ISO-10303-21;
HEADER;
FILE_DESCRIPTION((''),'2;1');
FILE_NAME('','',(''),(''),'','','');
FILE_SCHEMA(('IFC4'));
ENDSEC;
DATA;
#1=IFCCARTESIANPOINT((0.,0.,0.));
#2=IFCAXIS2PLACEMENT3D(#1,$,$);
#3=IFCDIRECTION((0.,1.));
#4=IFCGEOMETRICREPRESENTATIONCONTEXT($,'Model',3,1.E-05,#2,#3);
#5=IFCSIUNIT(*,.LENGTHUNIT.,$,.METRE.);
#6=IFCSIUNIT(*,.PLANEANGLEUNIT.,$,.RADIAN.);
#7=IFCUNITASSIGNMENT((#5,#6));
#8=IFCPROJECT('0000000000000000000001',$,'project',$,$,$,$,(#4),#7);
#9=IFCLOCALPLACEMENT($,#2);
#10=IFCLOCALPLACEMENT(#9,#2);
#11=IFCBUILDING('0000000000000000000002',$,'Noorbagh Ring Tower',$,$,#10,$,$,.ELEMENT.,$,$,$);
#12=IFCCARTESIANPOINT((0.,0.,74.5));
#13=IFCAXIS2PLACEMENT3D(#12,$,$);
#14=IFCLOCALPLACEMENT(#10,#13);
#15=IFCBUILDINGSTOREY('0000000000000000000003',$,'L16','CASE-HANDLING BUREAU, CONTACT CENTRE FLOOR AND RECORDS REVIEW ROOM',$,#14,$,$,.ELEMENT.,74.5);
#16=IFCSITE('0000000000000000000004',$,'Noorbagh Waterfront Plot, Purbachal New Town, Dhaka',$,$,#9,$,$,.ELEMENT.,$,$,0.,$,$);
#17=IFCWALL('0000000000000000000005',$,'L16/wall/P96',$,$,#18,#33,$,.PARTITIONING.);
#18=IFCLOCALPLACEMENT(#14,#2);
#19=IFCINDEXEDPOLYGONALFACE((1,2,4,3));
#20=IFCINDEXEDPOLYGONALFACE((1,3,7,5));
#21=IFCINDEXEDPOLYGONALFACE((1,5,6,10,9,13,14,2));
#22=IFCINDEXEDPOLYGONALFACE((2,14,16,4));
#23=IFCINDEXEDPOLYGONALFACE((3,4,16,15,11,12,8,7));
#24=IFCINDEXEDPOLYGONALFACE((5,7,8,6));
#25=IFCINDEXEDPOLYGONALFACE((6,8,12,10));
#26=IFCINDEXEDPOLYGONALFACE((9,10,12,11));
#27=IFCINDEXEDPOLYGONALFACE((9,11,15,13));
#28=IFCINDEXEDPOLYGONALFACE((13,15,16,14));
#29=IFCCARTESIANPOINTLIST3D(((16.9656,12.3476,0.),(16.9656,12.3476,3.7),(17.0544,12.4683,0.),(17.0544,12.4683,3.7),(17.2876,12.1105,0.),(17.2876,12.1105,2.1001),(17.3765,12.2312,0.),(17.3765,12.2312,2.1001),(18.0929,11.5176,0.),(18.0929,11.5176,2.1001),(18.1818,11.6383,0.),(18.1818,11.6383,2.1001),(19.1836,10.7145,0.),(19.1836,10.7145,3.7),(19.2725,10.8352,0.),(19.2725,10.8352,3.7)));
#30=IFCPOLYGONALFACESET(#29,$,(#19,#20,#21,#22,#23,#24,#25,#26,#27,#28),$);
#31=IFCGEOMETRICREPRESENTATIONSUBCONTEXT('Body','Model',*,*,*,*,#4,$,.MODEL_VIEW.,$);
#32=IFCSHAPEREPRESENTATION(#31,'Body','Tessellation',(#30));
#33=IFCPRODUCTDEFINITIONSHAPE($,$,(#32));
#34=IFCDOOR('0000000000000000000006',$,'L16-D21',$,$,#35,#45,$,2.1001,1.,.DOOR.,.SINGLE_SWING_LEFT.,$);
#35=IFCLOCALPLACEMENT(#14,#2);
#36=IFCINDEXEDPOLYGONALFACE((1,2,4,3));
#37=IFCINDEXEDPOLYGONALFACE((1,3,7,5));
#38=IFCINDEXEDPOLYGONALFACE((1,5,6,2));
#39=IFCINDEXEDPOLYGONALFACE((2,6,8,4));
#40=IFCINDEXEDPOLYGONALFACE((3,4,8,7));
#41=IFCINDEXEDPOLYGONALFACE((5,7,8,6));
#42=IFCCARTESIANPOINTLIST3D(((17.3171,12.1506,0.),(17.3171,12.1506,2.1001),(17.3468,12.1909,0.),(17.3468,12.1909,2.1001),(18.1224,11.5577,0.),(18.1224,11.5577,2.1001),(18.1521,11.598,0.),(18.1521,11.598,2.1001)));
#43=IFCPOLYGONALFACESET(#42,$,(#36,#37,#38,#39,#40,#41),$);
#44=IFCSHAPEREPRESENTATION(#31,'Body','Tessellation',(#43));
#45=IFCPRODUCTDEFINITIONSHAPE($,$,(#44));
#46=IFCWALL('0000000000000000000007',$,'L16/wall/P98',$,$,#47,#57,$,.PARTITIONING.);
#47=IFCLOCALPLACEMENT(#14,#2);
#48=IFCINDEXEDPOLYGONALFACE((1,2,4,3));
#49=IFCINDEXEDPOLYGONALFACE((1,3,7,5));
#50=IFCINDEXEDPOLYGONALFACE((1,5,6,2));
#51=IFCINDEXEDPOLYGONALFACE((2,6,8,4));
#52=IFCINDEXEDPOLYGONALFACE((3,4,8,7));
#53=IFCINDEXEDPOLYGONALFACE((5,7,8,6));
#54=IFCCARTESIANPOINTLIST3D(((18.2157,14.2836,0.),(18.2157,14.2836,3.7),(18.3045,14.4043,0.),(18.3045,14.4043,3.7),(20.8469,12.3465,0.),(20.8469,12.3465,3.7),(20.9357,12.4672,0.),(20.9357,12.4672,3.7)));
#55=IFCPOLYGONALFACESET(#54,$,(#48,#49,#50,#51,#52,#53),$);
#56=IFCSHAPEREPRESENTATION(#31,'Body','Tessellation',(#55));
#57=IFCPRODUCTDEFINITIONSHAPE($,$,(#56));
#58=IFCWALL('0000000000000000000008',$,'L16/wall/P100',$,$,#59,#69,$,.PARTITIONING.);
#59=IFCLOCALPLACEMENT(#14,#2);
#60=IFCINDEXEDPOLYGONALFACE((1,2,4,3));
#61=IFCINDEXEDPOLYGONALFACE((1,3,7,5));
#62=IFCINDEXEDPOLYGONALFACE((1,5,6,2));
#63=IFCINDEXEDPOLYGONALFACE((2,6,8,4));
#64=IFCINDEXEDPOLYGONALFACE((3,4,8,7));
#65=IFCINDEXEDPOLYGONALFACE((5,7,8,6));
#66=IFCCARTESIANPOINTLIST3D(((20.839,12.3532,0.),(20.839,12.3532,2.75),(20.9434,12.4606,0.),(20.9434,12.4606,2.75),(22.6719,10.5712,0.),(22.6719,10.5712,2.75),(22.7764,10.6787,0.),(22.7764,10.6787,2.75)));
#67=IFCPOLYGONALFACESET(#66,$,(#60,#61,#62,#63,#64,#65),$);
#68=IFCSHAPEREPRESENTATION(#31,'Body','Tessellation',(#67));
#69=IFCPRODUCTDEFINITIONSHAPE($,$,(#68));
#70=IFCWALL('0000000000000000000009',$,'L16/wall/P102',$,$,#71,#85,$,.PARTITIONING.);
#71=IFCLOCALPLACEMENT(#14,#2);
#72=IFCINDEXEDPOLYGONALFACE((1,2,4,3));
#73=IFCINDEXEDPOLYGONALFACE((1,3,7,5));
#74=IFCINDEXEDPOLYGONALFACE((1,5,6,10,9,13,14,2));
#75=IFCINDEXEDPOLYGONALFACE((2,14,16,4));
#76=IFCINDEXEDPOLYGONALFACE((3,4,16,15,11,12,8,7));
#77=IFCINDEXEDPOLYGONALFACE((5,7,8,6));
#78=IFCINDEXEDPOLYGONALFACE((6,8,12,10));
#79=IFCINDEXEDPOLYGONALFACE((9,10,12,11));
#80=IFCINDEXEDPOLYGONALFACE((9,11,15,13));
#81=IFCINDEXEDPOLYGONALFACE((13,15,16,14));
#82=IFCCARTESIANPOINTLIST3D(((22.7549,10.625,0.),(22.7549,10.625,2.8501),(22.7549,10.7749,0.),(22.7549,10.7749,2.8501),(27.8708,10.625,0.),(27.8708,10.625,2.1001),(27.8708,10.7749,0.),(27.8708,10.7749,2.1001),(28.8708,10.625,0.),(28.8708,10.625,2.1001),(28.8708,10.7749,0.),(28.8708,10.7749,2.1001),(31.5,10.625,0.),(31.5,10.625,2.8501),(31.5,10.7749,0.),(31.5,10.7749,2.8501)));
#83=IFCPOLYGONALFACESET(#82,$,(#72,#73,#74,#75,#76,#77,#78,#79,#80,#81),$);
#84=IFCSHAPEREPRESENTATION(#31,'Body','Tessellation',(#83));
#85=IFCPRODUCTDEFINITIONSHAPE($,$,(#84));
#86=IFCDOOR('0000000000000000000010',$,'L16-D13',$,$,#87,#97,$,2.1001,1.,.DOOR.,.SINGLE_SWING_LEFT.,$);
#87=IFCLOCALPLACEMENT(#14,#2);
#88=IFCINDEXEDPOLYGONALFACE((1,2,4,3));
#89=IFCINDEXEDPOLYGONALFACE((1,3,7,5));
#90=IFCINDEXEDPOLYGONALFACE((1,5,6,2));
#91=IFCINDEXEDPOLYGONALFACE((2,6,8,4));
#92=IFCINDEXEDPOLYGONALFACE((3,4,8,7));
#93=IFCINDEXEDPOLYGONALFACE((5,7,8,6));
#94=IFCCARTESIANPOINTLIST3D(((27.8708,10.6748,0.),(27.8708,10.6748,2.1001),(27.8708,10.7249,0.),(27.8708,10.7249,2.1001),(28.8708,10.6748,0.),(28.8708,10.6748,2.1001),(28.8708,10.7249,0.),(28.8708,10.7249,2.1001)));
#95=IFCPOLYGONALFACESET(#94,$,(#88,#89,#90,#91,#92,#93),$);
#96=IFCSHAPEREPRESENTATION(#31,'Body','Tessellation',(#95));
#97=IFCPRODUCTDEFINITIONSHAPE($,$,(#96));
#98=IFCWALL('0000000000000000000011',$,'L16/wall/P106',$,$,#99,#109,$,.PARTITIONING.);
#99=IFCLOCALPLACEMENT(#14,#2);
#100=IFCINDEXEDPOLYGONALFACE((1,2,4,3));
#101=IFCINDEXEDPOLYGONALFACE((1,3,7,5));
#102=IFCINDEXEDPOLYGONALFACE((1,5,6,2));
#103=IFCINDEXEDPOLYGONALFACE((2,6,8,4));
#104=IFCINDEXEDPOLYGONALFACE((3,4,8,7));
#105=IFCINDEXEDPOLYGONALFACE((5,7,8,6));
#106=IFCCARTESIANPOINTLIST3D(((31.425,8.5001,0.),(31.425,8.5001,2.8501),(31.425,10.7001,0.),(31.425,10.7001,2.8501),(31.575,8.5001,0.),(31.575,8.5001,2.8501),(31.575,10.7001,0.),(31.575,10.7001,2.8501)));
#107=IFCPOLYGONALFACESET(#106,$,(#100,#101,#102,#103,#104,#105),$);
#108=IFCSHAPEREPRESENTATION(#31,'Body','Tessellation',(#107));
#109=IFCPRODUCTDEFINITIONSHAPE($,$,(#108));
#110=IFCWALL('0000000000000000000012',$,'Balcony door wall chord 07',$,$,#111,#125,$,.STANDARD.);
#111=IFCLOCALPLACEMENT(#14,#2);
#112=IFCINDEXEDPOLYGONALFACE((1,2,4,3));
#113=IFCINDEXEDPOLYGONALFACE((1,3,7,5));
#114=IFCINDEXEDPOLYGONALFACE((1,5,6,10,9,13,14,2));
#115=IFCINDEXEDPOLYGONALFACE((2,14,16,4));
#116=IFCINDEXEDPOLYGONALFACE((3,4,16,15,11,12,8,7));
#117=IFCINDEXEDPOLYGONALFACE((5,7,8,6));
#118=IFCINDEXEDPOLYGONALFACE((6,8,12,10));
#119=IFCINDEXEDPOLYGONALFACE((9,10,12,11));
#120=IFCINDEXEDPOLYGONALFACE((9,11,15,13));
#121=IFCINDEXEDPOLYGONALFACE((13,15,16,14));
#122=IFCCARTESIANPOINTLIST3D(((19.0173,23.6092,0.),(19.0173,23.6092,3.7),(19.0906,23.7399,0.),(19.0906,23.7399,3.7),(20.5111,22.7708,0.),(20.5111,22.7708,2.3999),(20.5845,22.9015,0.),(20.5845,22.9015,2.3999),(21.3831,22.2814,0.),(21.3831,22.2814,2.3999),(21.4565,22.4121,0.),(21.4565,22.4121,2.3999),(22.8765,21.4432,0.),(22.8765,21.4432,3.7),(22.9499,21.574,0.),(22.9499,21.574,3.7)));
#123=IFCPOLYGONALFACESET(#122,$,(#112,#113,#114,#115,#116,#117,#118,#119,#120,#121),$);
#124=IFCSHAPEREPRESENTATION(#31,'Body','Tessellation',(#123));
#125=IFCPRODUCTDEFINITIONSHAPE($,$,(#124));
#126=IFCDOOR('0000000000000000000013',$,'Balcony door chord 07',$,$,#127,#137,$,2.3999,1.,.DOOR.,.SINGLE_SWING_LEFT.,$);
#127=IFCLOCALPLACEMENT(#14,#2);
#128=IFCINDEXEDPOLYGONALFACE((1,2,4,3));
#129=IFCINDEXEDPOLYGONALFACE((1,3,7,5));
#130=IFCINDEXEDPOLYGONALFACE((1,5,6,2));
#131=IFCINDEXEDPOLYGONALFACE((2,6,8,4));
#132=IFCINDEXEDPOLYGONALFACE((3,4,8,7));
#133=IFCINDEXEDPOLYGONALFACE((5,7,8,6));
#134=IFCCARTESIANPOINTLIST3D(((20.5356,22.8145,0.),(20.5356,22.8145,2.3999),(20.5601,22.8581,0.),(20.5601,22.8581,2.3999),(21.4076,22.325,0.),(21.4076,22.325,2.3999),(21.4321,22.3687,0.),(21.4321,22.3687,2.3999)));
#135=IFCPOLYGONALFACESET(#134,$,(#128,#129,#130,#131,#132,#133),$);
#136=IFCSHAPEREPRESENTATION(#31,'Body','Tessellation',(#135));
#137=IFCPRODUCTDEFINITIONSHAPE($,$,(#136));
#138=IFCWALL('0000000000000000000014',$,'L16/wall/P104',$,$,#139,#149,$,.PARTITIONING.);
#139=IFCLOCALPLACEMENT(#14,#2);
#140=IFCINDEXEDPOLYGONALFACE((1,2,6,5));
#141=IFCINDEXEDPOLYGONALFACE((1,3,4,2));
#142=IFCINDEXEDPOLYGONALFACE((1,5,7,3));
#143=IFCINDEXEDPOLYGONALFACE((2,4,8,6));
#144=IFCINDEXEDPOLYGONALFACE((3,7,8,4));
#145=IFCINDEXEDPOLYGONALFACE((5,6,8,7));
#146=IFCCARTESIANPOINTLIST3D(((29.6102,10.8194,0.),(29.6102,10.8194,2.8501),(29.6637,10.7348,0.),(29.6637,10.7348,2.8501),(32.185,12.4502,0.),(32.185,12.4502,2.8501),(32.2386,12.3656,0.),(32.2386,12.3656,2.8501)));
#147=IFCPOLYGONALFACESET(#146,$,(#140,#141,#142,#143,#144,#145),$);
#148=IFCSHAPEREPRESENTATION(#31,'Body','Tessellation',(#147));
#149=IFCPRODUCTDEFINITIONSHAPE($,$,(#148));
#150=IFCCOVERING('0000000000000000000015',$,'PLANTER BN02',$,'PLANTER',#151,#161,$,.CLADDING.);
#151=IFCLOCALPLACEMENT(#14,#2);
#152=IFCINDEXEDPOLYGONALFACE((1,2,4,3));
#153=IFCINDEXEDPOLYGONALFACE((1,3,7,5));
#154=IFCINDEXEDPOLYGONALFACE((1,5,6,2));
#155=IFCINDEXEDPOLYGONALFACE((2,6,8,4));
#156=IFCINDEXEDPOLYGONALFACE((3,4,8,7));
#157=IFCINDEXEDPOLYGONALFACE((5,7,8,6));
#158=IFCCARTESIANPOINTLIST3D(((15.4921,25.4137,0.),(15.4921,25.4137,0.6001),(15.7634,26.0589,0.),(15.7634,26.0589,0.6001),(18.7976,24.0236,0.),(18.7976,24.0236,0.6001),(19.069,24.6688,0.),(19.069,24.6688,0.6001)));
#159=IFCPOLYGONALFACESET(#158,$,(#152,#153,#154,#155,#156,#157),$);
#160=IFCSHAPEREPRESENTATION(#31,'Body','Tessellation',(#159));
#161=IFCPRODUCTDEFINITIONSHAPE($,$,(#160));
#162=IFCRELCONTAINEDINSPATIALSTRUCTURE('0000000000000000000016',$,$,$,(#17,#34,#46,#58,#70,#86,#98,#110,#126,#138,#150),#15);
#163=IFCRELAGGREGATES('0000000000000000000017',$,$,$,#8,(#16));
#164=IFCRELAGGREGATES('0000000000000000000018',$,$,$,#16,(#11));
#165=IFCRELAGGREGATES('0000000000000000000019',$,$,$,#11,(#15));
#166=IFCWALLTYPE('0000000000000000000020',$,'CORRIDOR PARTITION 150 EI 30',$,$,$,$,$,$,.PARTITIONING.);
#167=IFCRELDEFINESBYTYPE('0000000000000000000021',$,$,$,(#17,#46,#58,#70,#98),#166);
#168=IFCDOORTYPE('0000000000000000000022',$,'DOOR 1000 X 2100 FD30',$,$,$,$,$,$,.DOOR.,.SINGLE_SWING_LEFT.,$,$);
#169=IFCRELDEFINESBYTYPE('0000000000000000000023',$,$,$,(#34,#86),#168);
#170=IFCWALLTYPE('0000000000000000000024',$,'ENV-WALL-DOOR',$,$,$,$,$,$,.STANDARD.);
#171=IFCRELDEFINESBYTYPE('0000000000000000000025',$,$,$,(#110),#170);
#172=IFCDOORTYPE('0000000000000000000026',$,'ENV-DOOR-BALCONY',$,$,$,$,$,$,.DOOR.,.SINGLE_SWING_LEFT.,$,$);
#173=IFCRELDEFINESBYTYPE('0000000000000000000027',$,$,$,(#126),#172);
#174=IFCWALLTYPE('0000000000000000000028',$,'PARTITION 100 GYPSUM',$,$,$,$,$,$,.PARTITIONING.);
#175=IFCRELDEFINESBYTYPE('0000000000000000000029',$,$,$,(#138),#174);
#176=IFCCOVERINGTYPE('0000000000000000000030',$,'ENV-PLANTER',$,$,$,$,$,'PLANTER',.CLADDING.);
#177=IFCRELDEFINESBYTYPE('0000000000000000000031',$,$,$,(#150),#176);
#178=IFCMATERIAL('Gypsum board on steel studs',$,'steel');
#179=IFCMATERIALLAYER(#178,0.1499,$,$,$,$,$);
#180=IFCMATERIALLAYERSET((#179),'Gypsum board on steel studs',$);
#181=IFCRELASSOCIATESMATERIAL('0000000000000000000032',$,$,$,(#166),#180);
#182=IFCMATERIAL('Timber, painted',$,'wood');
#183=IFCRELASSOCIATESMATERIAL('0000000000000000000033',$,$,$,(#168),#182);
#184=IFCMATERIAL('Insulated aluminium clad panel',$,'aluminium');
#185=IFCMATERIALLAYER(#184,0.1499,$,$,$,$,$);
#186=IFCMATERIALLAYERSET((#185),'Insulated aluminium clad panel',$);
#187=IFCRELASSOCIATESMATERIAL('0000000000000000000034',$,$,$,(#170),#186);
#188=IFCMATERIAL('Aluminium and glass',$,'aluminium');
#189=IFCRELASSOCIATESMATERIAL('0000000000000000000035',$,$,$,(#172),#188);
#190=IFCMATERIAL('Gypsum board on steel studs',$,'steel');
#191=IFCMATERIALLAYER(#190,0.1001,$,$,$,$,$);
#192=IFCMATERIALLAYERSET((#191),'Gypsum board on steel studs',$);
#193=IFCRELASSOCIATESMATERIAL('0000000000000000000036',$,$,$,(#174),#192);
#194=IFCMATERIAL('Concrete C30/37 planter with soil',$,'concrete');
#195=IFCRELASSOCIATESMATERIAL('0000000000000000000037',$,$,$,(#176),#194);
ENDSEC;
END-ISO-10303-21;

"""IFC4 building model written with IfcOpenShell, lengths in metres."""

from ifc_helpers import new_model, si_unit, direction, frame, frame_2d, origin, origin_2d, place, context, subcontext, project, spatial, rectangle, extrude, material, layer, layer_set, type_object, element, fill, save


model = new_model("IFC4")

# Units and contexts
model_context = context("Model", 3, precision=1e-05, world=origin(), true_north=direction((0.0, 1.0)))
body_context = subcontext(model_context, "Body", "Model", "MODEL_VIEW")
ifc_project = project(units=[si_unit("LENGTHUNIT", "METRE"), si_unit("PLANEANGLEUNIT", "RADIAN")], contexts=[model_context])

# Site, building, storey
site_placement = place(None, origin())
site = spatial("IfcSite", under=ifc_project, at=site_placement, Name="Noorbagh Waterfront Plot, Purbachal New Town, Dhaka", CompositionType="ELEMENT", RefElevation=0.0)
building_placement = place(site_placement, origin())
building = spatial("IfcBuilding", under=site, at=building_placement, Name="Noorbagh Ring Tower", CompositionType="ELEMENT")
storey_placement = place(building_placement, frame((0.0, 0.0, 74.5)))
storey = spatial("IfcBuildingStorey", under=building, at=storey_placement, Name="L16", Description="CASE-HANDLING BUREAU, CONTACT CENTRE FLOOR AND RECORDS REVIEW ROOM", CompositionType="ELEMENT", Elevation=74.5)

# Wall, opening, door
ifc_material_1 = material(Name="Gypsum board on steel studs", Category="steel")
ifc_layer_1 = layer(ifc_material_1, 0.1499)
ifc_layer_set_1 = layer_set([ifc_layer_1], Name="Gypsum board on steel studs")
wall_type_1 = type_object("IfcWallType", Name="CORRIDOR PARTITION 150 EI 30", PredefinedType="PARTITIONING", material=ifc_layer_set_1)
wall_1_placement = place(storey_placement, frame((17.01, 12.408, 0.0), z_axis=(0.0, 0.0, 1.0), x_axis=(0.805276, -0.5929, 0.0)))
wall_1 = element("IfcWall", 1, at=wall_1_placement, inside=storey, type_object=wall_type_1, Name="L16/wall/P96", PredefinedType="PARTITIONING", context=body_context, shape_type="SweptSolid", body=[
    extrude(rectangle(XDim=2.7544, YDim=0.1499, at=frame_2d((1.3772, 0.0))), origin(), (0.0, 0.0, 1.0), 3.7),
])
opening_1_placement = place(wall_1_placement, frame((0.3999, 0.0, 0.0)))
opening_1 = element("IfcOpeningElement", 2, at=opening_1_placement, cuts=wall_1, PredefinedType="OPENING", context=body_context, shape_type="SweptSolid", body=[
    extrude(rectangle(XDim=1.0, YDim=2.1001, at=frame_2d((0.5, 1.05))), frame((0.0, 0.085, 0.0), z_axis=(0.0, -1.0, 0.0), x_axis=(1.0, 0.0, 0.0)), (0.0, 0.0, 1.0), 0.1699),
])
ifc_material_2 = material(Name="Timber, painted", Category="wood")
door_type_1 = type_object("IfcDoorType", Name="DOOR 1000 X 2100 FD30", OperationType="SINGLE_SWING_LEFT", PredefinedType="DOOR", material=ifc_material_2)
door_1_placement = place(opening_1_placement, origin())
door_1 = element("IfcDoor", 3, at=door_1_placement, inside=storey, type_object=door_type_1, Name="L16-D21", OperationType="SINGLE_SWING_LEFT", OverallHeight=2.1001, OverallWidth=1.0, PredefinedType="DOOR", context=body_context, shape_type="SweptSolid", body=[
    extrude(rectangle(XDim=1.0, YDim=2.1001, at=frame_2d((0.5, 1.05))), frame((0.0, 0.0249, 0.0), z_axis=(0.0, -1.0, 0.0), x_axis=(1.0, 0.0, 0.0)), (0.0, 0.0, 1.0), 0.05),
])
fill(opening_1, door_1)

# Walls
wall_2_placement = place(storey_placement, frame((18.26, 14.344, 0.0), z_axis=(0.0, 0.0, 1.0), x_axis=(0.805304, -0.592863, 0.0)))
element("IfcWall", 4, at=wall_2_placement, inside=storey, type_object=wall_type_1, Name="L16/wall/P98", PredefinedType="PARTITIONING", context=body_context, shape_type="SweptSolid", body=[
    extrude(rectangle(XDim=3.2673, YDim=0.1499, at=frame_2d((1.6338, 0.0))), origin(), (0.0, 0.0, 1.0), 3.7),
])
wall_3_placement = place(storey_placement, frame((20.8911, 12.407, 0.0), z_axis=(0.0, 0.0, 1.0), x_axis=(0.717016, -0.697057, 0.0)))
element("IfcWall", 5, at=wall_3_placement, inside=storey, type_object=wall_type_1, Name="L16/wall/P100", PredefinedType="PARTITIONING", context=body_context, shape_type="SweptSolid", body=[
    extrude(rectangle(XDim=2.5564, YDim=0.1499, at=frame_2d((1.2783, 0.0))), origin(), (0.0, 0.0, 1.0), 2.75),
])

# Wall, opening, door
wall_4_placement = place(storey_placement, frame((22.7549, 10.7, 0.0), z_axis=(0.0, 0.0, 1.0), x_axis=(1.0, 0.0, 0.0)))
wall_4 = element("IfcWall", 6, at=wall_4_placement, inside=storey, type_object=wall_type_1, Name="L16/wall/P102", PredefinedType="PARTITIONING", context=body_context, shape_type="SweptSolid", body=[
    extrude(rectangle(XDim=8.7451, YDim=0.1499, at=frame_2d((4.3726, 0.0))), origin(), (0.0, 0.0, 1.0), 2.8501),
])
opening_2_placement = place(wall_4_placement, frame((5.116, 0.0, 0.0)))
opening_2 = element("IfcOpeningElement", 7, at=opening_2_placement, cuts=wall_4, PredefinedType="OPENING", context=body_context, shape_type="SweptSolid", body=[
    extrude(rectangle(XDim=1.0, YDim=2.1001, at=frame_2d((0.5, 1.05))), frame((0.0, 0.085, 0.0), z_axis=(0.0, -1.0, 0.0), x_axis=(1.0, 0.0, 0.0)), (0.0, 0.0, 1.0), 0.1699),
])
door_2_placement = place(opening_2_placement, origin())
door_2 = element("IfcDoor", 8, at=door_2_placement, inside=storey, type_object=door_type_1, Name="L16-D13", OperationType="SINGLE_SWING_LEFT", OverallHeight=2.1001, OverallWidth=1.0, PredefinedType="DOOR", context=body_context, shape_type="SweptSolid", body=[
    extrude(rectangle(XDim=1.0, YDim=2.1001, at=frame_2d((0.5, 1.05))), frame((0.0, 0.0249, 0.0), z_axis=(0.0, -1.0, 0.0), x_axis=(1.0, 0.0, 0.0)), (0.0, 0.0, 1.0), 0.05),
])
fill(opening_2, door_2)

# Wall
wall_5_placement = place(storey_placement, frame((31.5, 8.5, 0.0), z_axis=(0.0, 0.0, 1.0), x_axis=(0.0, 1.0, 0.0)))
element("IfcWall", 9, at=wall_5_placement, inside=storey, type_object=wall_type_1, Name="L16/wall/P106", PredefinedType="PARTITIONING", context=body_context, shape_type="SweptSolid", body=[
    extrude(rectangle(XDim=2.2, YDim=0.1499, at=frame_2d((1.1001, 0.0))), origin(), (0.0, 0.0, 1.0), 2.8501),
])

# Wall, opening, door
ifc_material_3 = material(Name="Insulated aluminium clad panel", Category="aluminium")
ifc_layer_2 = layer(ifc_material_3, 0.1499)
ifc_layer_set_2 = layer_set([ifc_layer_2], Name="Insulated aluminium clad panel")
wall_type_2 = type_object("IfcWallType", Name="ENV-WALL-DOOR", PredefinedType="STANDARD", material=ifc_layer_set_2)
wall_6_placement = place(storey_placement, frame((22.9133, 21.5085, 0.0), z_axis=(0.0, 0.0, 1.0), x_axis=(-0.872047, 0.489423, 0.0)))
wall_6 = element("IfcWall", 10, at=wall_6_placement, inside=storey, type_object=wall_type_2, Name="Balcony door wall chord 07", PredefinedType="STANDARD", context=body_context, shape_type="SweptSolid", body=[
    extrude(rectangle(XDim=4.4255, YDim=0.1499, at=frame_2d((2.2129, 0.0))), origin(), (0.0, 0.0, 1.0), 3.7),
])
opening_3_placement = place(wall_6_placement, frame((1.7126, 0.0, 0.0)))
opening_3 = element("IfcOpeningElement", 11, at=opening_3_placement, cuts=wall_6, PredefinedType="OPENING", context=body_context, shape_type="SweptSolid", body=[
    extrude(rectangle(XDim=1.0, YDim=2.3999, at=frame_2d((0.5, 1.2))), frame((0.0, 0.085, 0.0), z_axis=(0.0, -1.0, 0.0), x_axis=(1.0, 0.0, 0.0)), (0.0, 0.0, 1.0), 0.1699),
])
ifc_material_4 = material(Name="Aluminium and glass", Category="aluminium")
door_type_2 = type_object("IfcDoorType", Name="ENV-DOOR-BALCONY", OperationType="SINGLE_SWING_LEFT", PredefinedType="DOOR", material=ifc_material_4)
door_3_placement = place(opening_3_placement, origin())
door_3 = element("IfcDoor", 12, at=door_3_placement, inside=storey, type_object=door_type_2, Name="Balcony door chord 07", OperationType="SINGLE_SWING_LEFT", OverallHeight=2.3999, OverallWidth=1.0, PredefinedType="DOOR", context=body_context, shape_type="SweptSolid", body=[
    extrude(rectangle(XDim=1.0, YDim=2.3999, at=frame_2d((0.5, 1.2))), frame((0.0, 0.0249, 0.0), z_axis=(0.0, -1.0, 0.0), x_axis=(1.0, 0.0, 0.0)), (0.0, 0.0, 1.0), 0.05),
])
fill(opening_3, door_3)

# Wall
ifc_material_5 = material(Name="Gypsum board on steel studs", Category="steel")
ifc_layer_3 = layer(ifc_material_5, 0.1001)
ifc_layer_set_3 = layer_set([ifc_layer_3], Name="Gypsum board on steel studs")
wall_type_3 = type_object("IfcWallType", Name="PARTITION 100 GYPSUM", PredefinedType="PARTITIONING", material=ifc_layer_set_3)
wall_7_placement = place(storey_placement, frame((29.637, 10.7771, 0.0), z_axis=(0.0, 0.0, 1.0), x_axis=(0.844811, 0.535065, 0.0)))
element("IfcWall", 13, at=wall_7_placement, inside=storey, type_object=wall_type_3, Name="L16/wall/P104", PredefinedType="PARTITIONING", context=body_context, shape_type="SweptSolid", body=[
    extrude(rectangle(XDim=3.0479, YDim=0.1001, at=frame_2d((1.5239, 0.0))), origin(), (0.0, 0.0, 1.0), 2.8501),
])

# Covering
ifc_material_6 = material(Name="Concrete C30/37 planter with soil", Category="concrete")
covering_type = type_object("IfcCoveringType", Name="ENV-PLANTER", ElementType="PLANTER", PredefinedType="CLADDING", material=ifc_material_6)
covering_placement = place(storey_placement, frame((17.2805, 25.0413, 0.0), z_axis=(0.0, 0.0, 1.0), x_axis=(-0.921812, 0.387638, 0.0)))
element("IfcCovering", 14, at=covering_placement, inside=storey, type_object=covering_type, Name="PLANTER BN02", ObjectType="PLANTER", PredefinedType="CLADDING", context=body_context, shape_type="SweptSolid", body=[
    extrude(rectangle(XDim=3.5859, YDim=0.7, at=origin_2d()), origin(), (0.0, 0.0, 1.0), 0.6001),
])

save(model, "model.ifc")
